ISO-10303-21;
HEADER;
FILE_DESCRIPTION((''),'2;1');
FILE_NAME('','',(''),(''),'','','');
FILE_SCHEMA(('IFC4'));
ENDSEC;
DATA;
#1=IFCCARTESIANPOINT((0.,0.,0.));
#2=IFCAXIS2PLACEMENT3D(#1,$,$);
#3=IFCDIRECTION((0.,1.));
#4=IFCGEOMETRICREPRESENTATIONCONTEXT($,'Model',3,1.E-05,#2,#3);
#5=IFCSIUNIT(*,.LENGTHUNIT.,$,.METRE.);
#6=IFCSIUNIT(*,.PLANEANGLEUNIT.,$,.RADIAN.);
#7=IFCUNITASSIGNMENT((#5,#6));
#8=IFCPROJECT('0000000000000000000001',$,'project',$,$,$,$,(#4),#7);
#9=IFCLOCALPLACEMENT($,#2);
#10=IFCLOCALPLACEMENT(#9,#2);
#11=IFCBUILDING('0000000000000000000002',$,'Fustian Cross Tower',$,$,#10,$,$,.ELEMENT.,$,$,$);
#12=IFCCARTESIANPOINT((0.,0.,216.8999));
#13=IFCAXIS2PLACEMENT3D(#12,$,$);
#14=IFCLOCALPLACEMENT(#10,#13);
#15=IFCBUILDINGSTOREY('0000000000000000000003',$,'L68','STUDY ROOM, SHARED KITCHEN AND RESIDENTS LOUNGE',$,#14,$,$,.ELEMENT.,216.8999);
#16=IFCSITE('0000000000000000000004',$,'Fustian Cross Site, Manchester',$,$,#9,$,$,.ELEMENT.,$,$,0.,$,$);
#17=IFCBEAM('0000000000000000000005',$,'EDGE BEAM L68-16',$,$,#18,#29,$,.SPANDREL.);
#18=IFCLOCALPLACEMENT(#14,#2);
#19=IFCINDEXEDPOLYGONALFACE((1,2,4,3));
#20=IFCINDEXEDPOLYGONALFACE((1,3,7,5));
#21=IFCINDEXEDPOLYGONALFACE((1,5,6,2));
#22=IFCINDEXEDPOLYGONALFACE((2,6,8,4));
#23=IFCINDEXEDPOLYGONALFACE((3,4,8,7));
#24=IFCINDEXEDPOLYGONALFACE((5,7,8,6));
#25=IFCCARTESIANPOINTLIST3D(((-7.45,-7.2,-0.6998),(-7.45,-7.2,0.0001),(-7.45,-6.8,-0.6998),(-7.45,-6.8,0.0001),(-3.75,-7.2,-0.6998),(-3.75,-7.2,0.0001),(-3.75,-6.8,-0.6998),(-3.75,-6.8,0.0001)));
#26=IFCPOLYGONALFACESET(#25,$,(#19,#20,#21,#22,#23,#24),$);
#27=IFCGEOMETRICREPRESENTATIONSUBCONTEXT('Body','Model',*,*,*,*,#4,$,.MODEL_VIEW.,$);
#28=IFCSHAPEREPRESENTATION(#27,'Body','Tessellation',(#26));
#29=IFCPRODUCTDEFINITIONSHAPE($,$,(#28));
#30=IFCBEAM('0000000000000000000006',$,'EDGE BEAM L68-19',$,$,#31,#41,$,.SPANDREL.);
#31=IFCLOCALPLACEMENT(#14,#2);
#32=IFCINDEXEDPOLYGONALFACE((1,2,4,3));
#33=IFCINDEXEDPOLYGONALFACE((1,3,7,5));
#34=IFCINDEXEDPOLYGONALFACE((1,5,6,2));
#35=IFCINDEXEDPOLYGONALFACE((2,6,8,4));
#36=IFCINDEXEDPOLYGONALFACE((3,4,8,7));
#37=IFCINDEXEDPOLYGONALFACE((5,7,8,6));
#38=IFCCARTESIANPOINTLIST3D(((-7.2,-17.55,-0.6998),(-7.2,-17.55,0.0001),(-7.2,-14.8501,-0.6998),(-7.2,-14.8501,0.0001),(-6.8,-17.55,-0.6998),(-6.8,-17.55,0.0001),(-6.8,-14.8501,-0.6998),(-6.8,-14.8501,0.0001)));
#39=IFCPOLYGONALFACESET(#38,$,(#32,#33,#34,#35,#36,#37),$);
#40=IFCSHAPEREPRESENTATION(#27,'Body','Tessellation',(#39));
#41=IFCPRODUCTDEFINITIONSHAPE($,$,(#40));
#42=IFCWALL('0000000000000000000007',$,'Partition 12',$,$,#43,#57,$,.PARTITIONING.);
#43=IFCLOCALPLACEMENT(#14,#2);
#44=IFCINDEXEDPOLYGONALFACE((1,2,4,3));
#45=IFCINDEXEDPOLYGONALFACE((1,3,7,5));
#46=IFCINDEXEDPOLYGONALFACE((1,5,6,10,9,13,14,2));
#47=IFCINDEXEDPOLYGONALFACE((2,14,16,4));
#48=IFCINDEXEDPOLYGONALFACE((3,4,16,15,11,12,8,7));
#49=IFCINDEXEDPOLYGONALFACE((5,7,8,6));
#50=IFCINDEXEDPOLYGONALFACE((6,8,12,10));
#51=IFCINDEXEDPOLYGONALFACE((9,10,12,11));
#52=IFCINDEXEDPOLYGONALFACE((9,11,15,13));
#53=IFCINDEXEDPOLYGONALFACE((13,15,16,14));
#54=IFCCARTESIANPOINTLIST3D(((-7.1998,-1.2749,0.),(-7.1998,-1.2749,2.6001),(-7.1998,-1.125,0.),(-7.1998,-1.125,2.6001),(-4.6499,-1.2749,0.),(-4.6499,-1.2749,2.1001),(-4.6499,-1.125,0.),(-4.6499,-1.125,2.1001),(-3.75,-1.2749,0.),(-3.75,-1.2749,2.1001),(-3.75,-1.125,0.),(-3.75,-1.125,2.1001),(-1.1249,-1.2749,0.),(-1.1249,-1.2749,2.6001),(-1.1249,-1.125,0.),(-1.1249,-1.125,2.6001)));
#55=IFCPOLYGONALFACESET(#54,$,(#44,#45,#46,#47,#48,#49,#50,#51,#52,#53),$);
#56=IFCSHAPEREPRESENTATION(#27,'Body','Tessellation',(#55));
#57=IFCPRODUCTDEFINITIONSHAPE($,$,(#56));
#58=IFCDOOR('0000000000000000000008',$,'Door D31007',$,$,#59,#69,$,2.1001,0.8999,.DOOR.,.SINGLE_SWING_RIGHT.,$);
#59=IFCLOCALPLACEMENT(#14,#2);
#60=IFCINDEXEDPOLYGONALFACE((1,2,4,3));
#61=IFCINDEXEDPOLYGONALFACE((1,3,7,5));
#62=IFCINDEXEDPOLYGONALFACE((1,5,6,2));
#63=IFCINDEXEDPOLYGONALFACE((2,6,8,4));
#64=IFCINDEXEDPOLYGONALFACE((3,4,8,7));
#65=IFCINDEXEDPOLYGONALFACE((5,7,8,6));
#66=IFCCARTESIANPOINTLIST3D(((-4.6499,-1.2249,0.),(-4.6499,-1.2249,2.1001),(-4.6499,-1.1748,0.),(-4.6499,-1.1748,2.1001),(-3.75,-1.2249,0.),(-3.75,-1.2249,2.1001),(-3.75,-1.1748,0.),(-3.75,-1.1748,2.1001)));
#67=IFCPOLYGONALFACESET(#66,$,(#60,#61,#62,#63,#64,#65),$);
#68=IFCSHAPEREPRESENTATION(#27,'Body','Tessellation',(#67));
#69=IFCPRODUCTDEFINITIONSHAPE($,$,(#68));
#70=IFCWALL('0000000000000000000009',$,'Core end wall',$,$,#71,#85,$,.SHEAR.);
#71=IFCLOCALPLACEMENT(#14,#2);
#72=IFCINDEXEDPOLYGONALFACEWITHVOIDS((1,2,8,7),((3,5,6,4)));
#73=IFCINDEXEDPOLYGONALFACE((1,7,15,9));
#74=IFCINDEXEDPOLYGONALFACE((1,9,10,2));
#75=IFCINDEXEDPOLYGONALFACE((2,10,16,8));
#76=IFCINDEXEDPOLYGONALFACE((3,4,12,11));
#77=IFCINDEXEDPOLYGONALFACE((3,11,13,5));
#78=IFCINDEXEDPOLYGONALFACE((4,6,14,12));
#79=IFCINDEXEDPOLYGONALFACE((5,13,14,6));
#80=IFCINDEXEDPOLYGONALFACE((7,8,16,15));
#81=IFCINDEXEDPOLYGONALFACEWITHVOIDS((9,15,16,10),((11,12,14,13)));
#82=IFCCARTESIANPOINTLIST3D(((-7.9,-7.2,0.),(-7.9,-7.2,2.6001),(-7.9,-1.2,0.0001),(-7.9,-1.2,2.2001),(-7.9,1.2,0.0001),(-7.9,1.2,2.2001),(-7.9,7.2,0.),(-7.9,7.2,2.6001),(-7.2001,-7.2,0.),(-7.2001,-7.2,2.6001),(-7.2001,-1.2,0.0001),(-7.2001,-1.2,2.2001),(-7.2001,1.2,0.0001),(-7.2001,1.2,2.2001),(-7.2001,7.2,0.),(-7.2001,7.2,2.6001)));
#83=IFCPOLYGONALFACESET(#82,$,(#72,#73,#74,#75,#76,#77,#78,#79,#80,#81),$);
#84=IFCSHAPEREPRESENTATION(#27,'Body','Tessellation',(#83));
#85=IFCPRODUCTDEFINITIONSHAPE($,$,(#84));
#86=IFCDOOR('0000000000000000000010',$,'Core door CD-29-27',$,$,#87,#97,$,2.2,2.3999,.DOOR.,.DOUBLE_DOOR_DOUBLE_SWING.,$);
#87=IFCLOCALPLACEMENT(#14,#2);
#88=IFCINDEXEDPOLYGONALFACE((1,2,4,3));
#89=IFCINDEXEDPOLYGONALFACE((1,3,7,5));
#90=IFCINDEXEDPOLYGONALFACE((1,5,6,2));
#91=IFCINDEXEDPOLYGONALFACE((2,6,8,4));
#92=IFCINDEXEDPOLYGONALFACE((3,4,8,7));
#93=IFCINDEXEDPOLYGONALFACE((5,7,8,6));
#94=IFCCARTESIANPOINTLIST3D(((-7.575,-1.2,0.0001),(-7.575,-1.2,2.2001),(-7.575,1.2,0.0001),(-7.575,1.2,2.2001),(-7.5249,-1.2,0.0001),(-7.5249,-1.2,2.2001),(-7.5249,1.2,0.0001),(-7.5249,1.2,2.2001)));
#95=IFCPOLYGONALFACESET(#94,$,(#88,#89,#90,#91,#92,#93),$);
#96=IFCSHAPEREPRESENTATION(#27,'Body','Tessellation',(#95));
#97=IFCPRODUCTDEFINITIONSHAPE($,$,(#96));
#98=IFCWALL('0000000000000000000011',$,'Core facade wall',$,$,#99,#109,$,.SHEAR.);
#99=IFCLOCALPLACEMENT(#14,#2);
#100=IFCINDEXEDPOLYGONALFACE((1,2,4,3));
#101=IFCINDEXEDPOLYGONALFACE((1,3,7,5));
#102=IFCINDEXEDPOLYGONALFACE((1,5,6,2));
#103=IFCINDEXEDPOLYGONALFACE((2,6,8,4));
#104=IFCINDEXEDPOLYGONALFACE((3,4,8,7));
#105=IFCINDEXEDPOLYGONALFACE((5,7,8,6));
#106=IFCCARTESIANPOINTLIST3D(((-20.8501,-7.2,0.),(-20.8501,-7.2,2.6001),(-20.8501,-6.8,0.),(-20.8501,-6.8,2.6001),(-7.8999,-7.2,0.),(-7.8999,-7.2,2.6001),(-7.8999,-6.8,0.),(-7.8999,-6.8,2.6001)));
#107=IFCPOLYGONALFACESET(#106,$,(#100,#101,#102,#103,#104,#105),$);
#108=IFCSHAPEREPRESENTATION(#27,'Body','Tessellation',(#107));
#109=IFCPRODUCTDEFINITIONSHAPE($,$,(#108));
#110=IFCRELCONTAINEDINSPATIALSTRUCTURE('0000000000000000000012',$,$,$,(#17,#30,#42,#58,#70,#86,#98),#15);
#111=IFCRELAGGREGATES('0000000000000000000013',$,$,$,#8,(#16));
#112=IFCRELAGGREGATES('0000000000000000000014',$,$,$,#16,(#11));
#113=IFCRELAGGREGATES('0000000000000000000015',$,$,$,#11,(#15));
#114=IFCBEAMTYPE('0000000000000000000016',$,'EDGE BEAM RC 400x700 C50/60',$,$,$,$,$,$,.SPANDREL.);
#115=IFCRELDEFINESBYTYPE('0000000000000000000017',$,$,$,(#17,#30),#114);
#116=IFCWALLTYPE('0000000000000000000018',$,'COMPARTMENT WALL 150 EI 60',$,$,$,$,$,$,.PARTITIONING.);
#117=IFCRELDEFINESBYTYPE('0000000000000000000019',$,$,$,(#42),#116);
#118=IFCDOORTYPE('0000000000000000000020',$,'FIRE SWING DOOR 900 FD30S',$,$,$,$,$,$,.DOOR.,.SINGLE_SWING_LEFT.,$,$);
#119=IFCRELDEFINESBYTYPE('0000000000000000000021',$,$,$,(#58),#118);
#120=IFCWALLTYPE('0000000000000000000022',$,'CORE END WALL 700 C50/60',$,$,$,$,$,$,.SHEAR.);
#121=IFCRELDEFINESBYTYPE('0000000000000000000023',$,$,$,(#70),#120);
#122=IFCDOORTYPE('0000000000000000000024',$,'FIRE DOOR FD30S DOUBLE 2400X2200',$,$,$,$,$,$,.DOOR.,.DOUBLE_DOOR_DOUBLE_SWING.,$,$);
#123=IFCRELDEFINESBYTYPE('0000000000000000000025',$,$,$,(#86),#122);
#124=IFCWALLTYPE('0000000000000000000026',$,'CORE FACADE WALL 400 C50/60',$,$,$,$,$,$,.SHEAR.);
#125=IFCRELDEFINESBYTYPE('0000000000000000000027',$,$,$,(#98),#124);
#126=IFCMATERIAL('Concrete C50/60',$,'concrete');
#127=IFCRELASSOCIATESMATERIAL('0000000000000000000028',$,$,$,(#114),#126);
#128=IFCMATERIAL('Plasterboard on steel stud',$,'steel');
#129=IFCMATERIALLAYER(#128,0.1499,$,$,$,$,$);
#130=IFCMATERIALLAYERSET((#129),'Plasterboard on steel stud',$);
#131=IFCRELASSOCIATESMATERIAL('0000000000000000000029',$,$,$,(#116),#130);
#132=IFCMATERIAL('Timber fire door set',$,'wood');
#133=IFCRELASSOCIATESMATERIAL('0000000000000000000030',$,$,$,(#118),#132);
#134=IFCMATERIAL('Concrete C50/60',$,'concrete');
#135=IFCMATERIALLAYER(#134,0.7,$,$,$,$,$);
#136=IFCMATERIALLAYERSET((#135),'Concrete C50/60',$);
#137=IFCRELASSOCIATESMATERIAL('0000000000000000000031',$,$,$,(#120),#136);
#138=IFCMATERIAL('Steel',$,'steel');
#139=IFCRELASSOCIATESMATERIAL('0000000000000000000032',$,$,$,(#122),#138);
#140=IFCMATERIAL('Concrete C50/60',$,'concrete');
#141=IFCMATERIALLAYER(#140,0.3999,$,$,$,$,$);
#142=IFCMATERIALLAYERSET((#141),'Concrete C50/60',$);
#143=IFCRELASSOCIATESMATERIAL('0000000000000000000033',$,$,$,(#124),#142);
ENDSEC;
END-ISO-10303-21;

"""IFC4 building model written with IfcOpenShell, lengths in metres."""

from ifc_helpers import new_model, si_unit, direction, frame, frame_2d, origin, origin_2d, place, context, subcontext, project, spatial, rectangle, extrude, material, layer, layer_set, material_profile, profile_set, type_object, element, fill, save


model = new_model("IFC4")

# Units and contexts
model_context = context("Model", 3, precision=1e-05, world=origin(), true_north=direction((0.0, 1.0)))
body_context = subcontext(model_context, "Body", "Model", "MODEL_VIEW")
ifc_project = project(units=[si_unit("LENGTHUNIT", "METRE"), si_unit("PLANEANGLEUNIT", "RADIAN")], contexts=[model_context])

# Site, building, storey
site_placement = place(None, origin())
site = spatial("IfcSite", under=ifc_project, at=site_placement, Name="Fustian Cross Site, Manchester", CompositionType="ELEMENT", RefElevation=0.0)
building_placement = place(site_placement, origin())
building = spatial("IfcBuilding", under=site, at=building_placement, Name="Fustian Cross Tower", CompositionType="ELEMENT")
storey_placement = place(building_placement, frame((0.0, 0.0, 216.8999)))
storey = spatial("IfcBuildingStorey", under=building, at=storey_placement, Name="L68", Description="STUDY ROOM, SHARED KITCHEN AND RESIDENTS LOUNGE", CompositionType="ELEMENT", Elevation=216.8999)

# Beams
ifc_material_1 = material(Name="Concrete C50/60", Category="concrete")
ifc_material_profile = material_profile(ifc_material_1, rectangle(XDim=0.3999, YDim=0.7, at=origin_2d()), Name="RC 400x700")
ifc_profile_set = profile_set([ifc_material_profile], Name="Concrete C50/60")
beam_type = type_object("IfcBeamType", Name="EDGE BEAM RC 400x700 C50/60", PredefinedType="SPANDREL", material=ifc_profile_set)
beam_1_placement = place(storey_placement, frame((-7.45, -7.0, -0.3499), z_axis=(1.0, 0.0, 0.0), x_axis=(0.0, 1.0, 0.0)))
element("IfcBeam", 1, at=beam_1_placement, inside=storey, type_object=beam_type, Name="EDGE BEAM L68-16", PredefinedType="SPANDREL", context=body_context, shape_type="SweptSolid", body=[
    extrude(rectangle(XDim=0.3999, YDim=0.7, at=origin_2d()), origin(), (0.0, 0.0, 1.0), 3.7),
])
beam_2_placement = place(storey_placement, frame((-7.0, -14.8501, -0.3499), z_axis=(0.0, -1.0, 0.0), x_axis=(1.0, 0.0, 0.0)))
element("IfcBeam", 2, at=beam_2_placement, inside=storey, type_object=beam_type, Name="EDGE BEAM L68-19", PredefinedType="SPANDREL", context=body_context, shape_type="SweptSolid", body=[
    extrude(rectangle(XDim=0.3999, YDim=0.7, at=origin_2d()), origin(), (0.0, 0.0, 1.0), 2.7),
])

# Walls, openings, doors
ifc_material_2 = material(Name="Plasterboard on steel stud", Category="steel")
ifc_layer_1 = layer(ifc_material_2, 0.1499)
ifc_layer_set_1 = layer_set([ifc_layer_1], Name="Plasterboard on steel stud")
wall_type_1 = type_object("IfcWallType", Name="COMPARTMENT WALL 150 EI 60", PredefinedType="PARTITIONING", material=ifc_layer_set_1)
wall_1_placement = place(storey_placement, frame((-7.2, -1.2, 0.0), z_axis=(0.0, 0.0, 1.0), x_axis=(1.0, 0.0, 0.0)))
wall_1 = element("IfcWall", 3, at=wall_1_placement, inside=storey, type_object=wall_type_1, Name="Partition 12", PredefinedType="PARTITIONING", context=body_context, shape_type="SweptSolid", body=[
    extrude(rectangle(XDim=6.075, YDim=0.1499, at=frame_2d((3.0376, 0.0))), origin(), (0.0, 0.0, 1.0), 2.6001),
])
opening_1_placement = place(wall_1_placement, frame((2.55, 0.0, 0.0)))
opening_1 = element("IfcOpeningElement", 4, at=opening_1_placement, cuts=wall_1, PredefinedType="OPENING", context=body_context, shape_type="SweptSolid", body=[
    extrude(rectangle(XDim=0.8999, YDim=2.1001, at=frame_2d((0.45, 1.05))), frame((0.0, 0.085, 0.0), z_axis=(0.0, -1.0, 0.0), x_axis=(1.0, 0.0, 0.0)), (0.0, 0.0, 1.0), 0.1699),
])
ifc_material_3 = material(Name="Timber fire door set", Category="wood")
door_type_1 = type_object("IfcDoorType", Name="FIRE SWING DOOR 900 FD30S", OperationType="SINGLE_SWING_LEFT", PredefinedType="DOOR", material=ifc_material_3)
door_1_placement = place(opening_1_placement, frame((0.8999, 0.0, 0.0), z_axis=(0.0, 0.0, 1.0), x_axis=(-1.0, 0.0, 0.0)))
door_1 = element("IfcDoor", 5, at=door_1_placement, inside=storey, type_object=door_type_1, Name="Door D31007", OperationType="SINGLE_SWING_RIGHT", OverallHeight=2.1001, OverallWidth=0.8999, PredefinedType="DOOR", context=body_context, shape_type="SweptSolid", body=[
    extrude(rectangle(XDim=0.8999, YDim=2.1001, at=frame_2d((0.45, 1.05))), frame((0.0, 0.0249, 0.0), z_axis=(0.0, -1.0, 0.0), x_axis=(1.0, 0.0, 0.0)), (0.0, 0.0, 1.0), 0.05),
])
fill(opening_1, door_1)
ifc_material_4 = material(Name="Concrete C50/60", Category="concrete")
ifc_layer_2 = layer(ifc_material_4, 0.7)
ifc_layer_set_2 = layer_set([ifc_layer_2], Name="Concrete C50/60")
wall_type_2 = type_object("IfcWallType", Name="CORE END WALL 700 C50/60", PredefinedType="SHEAR", material=ifc_layer_set_2)
wall_2_placement = place(storey_placement, frame((-7.55, -7.2, 0.0), z_axis=(0.0, 0.0, 1.0), x_axis=(0.0, 1.0, 0.0)))
wall_2 = element("IfcWall", 6, at=wall_2_placement, inside=storey, type_object=wall_type_2, Name="Core end wall", PredefinedType="SHEAR", context=body_context, shape_type="SweptSolid", body=[
    extrude(rectangle(XDim=14.3999, YDim=0.7, at=frame_2d((7.2, 0.0))), origin(), (0.0, 0.0, 1.0), 2.6001),
])
opening_2_placement = place(wall_2_placement, frame((6.0, 0.0, 0.0)))
opening_2 = element("IfcOpeningElement", 7, at=opening_2_placement, cuts=wall_2, PredefinedType="OPENING", context=body_context, shape_type="SweptSolid", body=[
    extrude(rectangle(XDim=2.3999, YDim=2.2, at=frame_2d((1.2, 1.1001))), frame((0.0, 0.3599, 0.0), z_axis=(0.0, -1.0, 0.0), x_axis=(1.0, 0.0, 0.0)), (0.0, 0.0, 1.0), 0.72),
])
ifc_material_5 = material(Name="Steel", Category="steel")
door_type_2 = type_object("IfcDoorType", Name="FIRE DOOR FD30S DOUBLE 2400X2200", OperationType="DOUBLE_DOOR_DOUBLE_SWING", PredefinedType="DOOR", material=ifc_material_5)
door_2_placement = place(opening_2_placement, origin())
door_2 = element("IfcDoor", 8, at=door_2_placement, inside=storey, type_object=door_type_2, Name="Core door CD-29-27", OperationType="DOUBLE_DOOR_DOUBLE_SWING", OverallHeight=2.2, OverallWidth=2.3999, PredefinedType="DOOR", context=body_context, shape_type="SweptSolid", body=[
    extrude(rectangle(XDim=2.3999, YDim=2.2, at=frame_2d((1.2, 1.1001))), frame((0.0, 0.0249, 0.0), z_axis=(0.0, -1.0, 0.0), x_axis=(1.0, 0.0, 0.0)), (0.0, 0.0, 1.0), 0.05),
])
fill(opening_2, door_2)

# Wall
ifc_material_6 = material(Name="Concrete C50/60", Category="concrete")
ifc_layer_3 = layer(ifc_material_6, 0.3999)
ifc_layer_set_3 = layer_set([ifc_layer_3], Name="Concrete C50/60")
wall_type_3 = type_object("IfcWallType", Name="CORE FACADE WALL 400 C50/60", PredefinedType="SHEAR", material=ifc_layer_set_3)
wall_3_placement = place(storey_placement, frame((-7.8999, -7.0, 0.0), z_axis=(0.0, 0.0, 1.0), x_axis=(-1.0, 0.0, 0.0)))
element("IfcWall", 9, at=wall_3_placement, inside=storey, type_object=wall_type_3, Name="Core facade wall", PredefinedType="SHEAR", context=body_context, shape_type="SweptSolid", body=[
    extrude(rectangle(XDim=12.9502, YDim=0.3999, at=frame_2d((6.4751, 0.0))), origin(), (0.0, 0.0, 1.0), 2.6001),
])

save(model, "model.ifc")
